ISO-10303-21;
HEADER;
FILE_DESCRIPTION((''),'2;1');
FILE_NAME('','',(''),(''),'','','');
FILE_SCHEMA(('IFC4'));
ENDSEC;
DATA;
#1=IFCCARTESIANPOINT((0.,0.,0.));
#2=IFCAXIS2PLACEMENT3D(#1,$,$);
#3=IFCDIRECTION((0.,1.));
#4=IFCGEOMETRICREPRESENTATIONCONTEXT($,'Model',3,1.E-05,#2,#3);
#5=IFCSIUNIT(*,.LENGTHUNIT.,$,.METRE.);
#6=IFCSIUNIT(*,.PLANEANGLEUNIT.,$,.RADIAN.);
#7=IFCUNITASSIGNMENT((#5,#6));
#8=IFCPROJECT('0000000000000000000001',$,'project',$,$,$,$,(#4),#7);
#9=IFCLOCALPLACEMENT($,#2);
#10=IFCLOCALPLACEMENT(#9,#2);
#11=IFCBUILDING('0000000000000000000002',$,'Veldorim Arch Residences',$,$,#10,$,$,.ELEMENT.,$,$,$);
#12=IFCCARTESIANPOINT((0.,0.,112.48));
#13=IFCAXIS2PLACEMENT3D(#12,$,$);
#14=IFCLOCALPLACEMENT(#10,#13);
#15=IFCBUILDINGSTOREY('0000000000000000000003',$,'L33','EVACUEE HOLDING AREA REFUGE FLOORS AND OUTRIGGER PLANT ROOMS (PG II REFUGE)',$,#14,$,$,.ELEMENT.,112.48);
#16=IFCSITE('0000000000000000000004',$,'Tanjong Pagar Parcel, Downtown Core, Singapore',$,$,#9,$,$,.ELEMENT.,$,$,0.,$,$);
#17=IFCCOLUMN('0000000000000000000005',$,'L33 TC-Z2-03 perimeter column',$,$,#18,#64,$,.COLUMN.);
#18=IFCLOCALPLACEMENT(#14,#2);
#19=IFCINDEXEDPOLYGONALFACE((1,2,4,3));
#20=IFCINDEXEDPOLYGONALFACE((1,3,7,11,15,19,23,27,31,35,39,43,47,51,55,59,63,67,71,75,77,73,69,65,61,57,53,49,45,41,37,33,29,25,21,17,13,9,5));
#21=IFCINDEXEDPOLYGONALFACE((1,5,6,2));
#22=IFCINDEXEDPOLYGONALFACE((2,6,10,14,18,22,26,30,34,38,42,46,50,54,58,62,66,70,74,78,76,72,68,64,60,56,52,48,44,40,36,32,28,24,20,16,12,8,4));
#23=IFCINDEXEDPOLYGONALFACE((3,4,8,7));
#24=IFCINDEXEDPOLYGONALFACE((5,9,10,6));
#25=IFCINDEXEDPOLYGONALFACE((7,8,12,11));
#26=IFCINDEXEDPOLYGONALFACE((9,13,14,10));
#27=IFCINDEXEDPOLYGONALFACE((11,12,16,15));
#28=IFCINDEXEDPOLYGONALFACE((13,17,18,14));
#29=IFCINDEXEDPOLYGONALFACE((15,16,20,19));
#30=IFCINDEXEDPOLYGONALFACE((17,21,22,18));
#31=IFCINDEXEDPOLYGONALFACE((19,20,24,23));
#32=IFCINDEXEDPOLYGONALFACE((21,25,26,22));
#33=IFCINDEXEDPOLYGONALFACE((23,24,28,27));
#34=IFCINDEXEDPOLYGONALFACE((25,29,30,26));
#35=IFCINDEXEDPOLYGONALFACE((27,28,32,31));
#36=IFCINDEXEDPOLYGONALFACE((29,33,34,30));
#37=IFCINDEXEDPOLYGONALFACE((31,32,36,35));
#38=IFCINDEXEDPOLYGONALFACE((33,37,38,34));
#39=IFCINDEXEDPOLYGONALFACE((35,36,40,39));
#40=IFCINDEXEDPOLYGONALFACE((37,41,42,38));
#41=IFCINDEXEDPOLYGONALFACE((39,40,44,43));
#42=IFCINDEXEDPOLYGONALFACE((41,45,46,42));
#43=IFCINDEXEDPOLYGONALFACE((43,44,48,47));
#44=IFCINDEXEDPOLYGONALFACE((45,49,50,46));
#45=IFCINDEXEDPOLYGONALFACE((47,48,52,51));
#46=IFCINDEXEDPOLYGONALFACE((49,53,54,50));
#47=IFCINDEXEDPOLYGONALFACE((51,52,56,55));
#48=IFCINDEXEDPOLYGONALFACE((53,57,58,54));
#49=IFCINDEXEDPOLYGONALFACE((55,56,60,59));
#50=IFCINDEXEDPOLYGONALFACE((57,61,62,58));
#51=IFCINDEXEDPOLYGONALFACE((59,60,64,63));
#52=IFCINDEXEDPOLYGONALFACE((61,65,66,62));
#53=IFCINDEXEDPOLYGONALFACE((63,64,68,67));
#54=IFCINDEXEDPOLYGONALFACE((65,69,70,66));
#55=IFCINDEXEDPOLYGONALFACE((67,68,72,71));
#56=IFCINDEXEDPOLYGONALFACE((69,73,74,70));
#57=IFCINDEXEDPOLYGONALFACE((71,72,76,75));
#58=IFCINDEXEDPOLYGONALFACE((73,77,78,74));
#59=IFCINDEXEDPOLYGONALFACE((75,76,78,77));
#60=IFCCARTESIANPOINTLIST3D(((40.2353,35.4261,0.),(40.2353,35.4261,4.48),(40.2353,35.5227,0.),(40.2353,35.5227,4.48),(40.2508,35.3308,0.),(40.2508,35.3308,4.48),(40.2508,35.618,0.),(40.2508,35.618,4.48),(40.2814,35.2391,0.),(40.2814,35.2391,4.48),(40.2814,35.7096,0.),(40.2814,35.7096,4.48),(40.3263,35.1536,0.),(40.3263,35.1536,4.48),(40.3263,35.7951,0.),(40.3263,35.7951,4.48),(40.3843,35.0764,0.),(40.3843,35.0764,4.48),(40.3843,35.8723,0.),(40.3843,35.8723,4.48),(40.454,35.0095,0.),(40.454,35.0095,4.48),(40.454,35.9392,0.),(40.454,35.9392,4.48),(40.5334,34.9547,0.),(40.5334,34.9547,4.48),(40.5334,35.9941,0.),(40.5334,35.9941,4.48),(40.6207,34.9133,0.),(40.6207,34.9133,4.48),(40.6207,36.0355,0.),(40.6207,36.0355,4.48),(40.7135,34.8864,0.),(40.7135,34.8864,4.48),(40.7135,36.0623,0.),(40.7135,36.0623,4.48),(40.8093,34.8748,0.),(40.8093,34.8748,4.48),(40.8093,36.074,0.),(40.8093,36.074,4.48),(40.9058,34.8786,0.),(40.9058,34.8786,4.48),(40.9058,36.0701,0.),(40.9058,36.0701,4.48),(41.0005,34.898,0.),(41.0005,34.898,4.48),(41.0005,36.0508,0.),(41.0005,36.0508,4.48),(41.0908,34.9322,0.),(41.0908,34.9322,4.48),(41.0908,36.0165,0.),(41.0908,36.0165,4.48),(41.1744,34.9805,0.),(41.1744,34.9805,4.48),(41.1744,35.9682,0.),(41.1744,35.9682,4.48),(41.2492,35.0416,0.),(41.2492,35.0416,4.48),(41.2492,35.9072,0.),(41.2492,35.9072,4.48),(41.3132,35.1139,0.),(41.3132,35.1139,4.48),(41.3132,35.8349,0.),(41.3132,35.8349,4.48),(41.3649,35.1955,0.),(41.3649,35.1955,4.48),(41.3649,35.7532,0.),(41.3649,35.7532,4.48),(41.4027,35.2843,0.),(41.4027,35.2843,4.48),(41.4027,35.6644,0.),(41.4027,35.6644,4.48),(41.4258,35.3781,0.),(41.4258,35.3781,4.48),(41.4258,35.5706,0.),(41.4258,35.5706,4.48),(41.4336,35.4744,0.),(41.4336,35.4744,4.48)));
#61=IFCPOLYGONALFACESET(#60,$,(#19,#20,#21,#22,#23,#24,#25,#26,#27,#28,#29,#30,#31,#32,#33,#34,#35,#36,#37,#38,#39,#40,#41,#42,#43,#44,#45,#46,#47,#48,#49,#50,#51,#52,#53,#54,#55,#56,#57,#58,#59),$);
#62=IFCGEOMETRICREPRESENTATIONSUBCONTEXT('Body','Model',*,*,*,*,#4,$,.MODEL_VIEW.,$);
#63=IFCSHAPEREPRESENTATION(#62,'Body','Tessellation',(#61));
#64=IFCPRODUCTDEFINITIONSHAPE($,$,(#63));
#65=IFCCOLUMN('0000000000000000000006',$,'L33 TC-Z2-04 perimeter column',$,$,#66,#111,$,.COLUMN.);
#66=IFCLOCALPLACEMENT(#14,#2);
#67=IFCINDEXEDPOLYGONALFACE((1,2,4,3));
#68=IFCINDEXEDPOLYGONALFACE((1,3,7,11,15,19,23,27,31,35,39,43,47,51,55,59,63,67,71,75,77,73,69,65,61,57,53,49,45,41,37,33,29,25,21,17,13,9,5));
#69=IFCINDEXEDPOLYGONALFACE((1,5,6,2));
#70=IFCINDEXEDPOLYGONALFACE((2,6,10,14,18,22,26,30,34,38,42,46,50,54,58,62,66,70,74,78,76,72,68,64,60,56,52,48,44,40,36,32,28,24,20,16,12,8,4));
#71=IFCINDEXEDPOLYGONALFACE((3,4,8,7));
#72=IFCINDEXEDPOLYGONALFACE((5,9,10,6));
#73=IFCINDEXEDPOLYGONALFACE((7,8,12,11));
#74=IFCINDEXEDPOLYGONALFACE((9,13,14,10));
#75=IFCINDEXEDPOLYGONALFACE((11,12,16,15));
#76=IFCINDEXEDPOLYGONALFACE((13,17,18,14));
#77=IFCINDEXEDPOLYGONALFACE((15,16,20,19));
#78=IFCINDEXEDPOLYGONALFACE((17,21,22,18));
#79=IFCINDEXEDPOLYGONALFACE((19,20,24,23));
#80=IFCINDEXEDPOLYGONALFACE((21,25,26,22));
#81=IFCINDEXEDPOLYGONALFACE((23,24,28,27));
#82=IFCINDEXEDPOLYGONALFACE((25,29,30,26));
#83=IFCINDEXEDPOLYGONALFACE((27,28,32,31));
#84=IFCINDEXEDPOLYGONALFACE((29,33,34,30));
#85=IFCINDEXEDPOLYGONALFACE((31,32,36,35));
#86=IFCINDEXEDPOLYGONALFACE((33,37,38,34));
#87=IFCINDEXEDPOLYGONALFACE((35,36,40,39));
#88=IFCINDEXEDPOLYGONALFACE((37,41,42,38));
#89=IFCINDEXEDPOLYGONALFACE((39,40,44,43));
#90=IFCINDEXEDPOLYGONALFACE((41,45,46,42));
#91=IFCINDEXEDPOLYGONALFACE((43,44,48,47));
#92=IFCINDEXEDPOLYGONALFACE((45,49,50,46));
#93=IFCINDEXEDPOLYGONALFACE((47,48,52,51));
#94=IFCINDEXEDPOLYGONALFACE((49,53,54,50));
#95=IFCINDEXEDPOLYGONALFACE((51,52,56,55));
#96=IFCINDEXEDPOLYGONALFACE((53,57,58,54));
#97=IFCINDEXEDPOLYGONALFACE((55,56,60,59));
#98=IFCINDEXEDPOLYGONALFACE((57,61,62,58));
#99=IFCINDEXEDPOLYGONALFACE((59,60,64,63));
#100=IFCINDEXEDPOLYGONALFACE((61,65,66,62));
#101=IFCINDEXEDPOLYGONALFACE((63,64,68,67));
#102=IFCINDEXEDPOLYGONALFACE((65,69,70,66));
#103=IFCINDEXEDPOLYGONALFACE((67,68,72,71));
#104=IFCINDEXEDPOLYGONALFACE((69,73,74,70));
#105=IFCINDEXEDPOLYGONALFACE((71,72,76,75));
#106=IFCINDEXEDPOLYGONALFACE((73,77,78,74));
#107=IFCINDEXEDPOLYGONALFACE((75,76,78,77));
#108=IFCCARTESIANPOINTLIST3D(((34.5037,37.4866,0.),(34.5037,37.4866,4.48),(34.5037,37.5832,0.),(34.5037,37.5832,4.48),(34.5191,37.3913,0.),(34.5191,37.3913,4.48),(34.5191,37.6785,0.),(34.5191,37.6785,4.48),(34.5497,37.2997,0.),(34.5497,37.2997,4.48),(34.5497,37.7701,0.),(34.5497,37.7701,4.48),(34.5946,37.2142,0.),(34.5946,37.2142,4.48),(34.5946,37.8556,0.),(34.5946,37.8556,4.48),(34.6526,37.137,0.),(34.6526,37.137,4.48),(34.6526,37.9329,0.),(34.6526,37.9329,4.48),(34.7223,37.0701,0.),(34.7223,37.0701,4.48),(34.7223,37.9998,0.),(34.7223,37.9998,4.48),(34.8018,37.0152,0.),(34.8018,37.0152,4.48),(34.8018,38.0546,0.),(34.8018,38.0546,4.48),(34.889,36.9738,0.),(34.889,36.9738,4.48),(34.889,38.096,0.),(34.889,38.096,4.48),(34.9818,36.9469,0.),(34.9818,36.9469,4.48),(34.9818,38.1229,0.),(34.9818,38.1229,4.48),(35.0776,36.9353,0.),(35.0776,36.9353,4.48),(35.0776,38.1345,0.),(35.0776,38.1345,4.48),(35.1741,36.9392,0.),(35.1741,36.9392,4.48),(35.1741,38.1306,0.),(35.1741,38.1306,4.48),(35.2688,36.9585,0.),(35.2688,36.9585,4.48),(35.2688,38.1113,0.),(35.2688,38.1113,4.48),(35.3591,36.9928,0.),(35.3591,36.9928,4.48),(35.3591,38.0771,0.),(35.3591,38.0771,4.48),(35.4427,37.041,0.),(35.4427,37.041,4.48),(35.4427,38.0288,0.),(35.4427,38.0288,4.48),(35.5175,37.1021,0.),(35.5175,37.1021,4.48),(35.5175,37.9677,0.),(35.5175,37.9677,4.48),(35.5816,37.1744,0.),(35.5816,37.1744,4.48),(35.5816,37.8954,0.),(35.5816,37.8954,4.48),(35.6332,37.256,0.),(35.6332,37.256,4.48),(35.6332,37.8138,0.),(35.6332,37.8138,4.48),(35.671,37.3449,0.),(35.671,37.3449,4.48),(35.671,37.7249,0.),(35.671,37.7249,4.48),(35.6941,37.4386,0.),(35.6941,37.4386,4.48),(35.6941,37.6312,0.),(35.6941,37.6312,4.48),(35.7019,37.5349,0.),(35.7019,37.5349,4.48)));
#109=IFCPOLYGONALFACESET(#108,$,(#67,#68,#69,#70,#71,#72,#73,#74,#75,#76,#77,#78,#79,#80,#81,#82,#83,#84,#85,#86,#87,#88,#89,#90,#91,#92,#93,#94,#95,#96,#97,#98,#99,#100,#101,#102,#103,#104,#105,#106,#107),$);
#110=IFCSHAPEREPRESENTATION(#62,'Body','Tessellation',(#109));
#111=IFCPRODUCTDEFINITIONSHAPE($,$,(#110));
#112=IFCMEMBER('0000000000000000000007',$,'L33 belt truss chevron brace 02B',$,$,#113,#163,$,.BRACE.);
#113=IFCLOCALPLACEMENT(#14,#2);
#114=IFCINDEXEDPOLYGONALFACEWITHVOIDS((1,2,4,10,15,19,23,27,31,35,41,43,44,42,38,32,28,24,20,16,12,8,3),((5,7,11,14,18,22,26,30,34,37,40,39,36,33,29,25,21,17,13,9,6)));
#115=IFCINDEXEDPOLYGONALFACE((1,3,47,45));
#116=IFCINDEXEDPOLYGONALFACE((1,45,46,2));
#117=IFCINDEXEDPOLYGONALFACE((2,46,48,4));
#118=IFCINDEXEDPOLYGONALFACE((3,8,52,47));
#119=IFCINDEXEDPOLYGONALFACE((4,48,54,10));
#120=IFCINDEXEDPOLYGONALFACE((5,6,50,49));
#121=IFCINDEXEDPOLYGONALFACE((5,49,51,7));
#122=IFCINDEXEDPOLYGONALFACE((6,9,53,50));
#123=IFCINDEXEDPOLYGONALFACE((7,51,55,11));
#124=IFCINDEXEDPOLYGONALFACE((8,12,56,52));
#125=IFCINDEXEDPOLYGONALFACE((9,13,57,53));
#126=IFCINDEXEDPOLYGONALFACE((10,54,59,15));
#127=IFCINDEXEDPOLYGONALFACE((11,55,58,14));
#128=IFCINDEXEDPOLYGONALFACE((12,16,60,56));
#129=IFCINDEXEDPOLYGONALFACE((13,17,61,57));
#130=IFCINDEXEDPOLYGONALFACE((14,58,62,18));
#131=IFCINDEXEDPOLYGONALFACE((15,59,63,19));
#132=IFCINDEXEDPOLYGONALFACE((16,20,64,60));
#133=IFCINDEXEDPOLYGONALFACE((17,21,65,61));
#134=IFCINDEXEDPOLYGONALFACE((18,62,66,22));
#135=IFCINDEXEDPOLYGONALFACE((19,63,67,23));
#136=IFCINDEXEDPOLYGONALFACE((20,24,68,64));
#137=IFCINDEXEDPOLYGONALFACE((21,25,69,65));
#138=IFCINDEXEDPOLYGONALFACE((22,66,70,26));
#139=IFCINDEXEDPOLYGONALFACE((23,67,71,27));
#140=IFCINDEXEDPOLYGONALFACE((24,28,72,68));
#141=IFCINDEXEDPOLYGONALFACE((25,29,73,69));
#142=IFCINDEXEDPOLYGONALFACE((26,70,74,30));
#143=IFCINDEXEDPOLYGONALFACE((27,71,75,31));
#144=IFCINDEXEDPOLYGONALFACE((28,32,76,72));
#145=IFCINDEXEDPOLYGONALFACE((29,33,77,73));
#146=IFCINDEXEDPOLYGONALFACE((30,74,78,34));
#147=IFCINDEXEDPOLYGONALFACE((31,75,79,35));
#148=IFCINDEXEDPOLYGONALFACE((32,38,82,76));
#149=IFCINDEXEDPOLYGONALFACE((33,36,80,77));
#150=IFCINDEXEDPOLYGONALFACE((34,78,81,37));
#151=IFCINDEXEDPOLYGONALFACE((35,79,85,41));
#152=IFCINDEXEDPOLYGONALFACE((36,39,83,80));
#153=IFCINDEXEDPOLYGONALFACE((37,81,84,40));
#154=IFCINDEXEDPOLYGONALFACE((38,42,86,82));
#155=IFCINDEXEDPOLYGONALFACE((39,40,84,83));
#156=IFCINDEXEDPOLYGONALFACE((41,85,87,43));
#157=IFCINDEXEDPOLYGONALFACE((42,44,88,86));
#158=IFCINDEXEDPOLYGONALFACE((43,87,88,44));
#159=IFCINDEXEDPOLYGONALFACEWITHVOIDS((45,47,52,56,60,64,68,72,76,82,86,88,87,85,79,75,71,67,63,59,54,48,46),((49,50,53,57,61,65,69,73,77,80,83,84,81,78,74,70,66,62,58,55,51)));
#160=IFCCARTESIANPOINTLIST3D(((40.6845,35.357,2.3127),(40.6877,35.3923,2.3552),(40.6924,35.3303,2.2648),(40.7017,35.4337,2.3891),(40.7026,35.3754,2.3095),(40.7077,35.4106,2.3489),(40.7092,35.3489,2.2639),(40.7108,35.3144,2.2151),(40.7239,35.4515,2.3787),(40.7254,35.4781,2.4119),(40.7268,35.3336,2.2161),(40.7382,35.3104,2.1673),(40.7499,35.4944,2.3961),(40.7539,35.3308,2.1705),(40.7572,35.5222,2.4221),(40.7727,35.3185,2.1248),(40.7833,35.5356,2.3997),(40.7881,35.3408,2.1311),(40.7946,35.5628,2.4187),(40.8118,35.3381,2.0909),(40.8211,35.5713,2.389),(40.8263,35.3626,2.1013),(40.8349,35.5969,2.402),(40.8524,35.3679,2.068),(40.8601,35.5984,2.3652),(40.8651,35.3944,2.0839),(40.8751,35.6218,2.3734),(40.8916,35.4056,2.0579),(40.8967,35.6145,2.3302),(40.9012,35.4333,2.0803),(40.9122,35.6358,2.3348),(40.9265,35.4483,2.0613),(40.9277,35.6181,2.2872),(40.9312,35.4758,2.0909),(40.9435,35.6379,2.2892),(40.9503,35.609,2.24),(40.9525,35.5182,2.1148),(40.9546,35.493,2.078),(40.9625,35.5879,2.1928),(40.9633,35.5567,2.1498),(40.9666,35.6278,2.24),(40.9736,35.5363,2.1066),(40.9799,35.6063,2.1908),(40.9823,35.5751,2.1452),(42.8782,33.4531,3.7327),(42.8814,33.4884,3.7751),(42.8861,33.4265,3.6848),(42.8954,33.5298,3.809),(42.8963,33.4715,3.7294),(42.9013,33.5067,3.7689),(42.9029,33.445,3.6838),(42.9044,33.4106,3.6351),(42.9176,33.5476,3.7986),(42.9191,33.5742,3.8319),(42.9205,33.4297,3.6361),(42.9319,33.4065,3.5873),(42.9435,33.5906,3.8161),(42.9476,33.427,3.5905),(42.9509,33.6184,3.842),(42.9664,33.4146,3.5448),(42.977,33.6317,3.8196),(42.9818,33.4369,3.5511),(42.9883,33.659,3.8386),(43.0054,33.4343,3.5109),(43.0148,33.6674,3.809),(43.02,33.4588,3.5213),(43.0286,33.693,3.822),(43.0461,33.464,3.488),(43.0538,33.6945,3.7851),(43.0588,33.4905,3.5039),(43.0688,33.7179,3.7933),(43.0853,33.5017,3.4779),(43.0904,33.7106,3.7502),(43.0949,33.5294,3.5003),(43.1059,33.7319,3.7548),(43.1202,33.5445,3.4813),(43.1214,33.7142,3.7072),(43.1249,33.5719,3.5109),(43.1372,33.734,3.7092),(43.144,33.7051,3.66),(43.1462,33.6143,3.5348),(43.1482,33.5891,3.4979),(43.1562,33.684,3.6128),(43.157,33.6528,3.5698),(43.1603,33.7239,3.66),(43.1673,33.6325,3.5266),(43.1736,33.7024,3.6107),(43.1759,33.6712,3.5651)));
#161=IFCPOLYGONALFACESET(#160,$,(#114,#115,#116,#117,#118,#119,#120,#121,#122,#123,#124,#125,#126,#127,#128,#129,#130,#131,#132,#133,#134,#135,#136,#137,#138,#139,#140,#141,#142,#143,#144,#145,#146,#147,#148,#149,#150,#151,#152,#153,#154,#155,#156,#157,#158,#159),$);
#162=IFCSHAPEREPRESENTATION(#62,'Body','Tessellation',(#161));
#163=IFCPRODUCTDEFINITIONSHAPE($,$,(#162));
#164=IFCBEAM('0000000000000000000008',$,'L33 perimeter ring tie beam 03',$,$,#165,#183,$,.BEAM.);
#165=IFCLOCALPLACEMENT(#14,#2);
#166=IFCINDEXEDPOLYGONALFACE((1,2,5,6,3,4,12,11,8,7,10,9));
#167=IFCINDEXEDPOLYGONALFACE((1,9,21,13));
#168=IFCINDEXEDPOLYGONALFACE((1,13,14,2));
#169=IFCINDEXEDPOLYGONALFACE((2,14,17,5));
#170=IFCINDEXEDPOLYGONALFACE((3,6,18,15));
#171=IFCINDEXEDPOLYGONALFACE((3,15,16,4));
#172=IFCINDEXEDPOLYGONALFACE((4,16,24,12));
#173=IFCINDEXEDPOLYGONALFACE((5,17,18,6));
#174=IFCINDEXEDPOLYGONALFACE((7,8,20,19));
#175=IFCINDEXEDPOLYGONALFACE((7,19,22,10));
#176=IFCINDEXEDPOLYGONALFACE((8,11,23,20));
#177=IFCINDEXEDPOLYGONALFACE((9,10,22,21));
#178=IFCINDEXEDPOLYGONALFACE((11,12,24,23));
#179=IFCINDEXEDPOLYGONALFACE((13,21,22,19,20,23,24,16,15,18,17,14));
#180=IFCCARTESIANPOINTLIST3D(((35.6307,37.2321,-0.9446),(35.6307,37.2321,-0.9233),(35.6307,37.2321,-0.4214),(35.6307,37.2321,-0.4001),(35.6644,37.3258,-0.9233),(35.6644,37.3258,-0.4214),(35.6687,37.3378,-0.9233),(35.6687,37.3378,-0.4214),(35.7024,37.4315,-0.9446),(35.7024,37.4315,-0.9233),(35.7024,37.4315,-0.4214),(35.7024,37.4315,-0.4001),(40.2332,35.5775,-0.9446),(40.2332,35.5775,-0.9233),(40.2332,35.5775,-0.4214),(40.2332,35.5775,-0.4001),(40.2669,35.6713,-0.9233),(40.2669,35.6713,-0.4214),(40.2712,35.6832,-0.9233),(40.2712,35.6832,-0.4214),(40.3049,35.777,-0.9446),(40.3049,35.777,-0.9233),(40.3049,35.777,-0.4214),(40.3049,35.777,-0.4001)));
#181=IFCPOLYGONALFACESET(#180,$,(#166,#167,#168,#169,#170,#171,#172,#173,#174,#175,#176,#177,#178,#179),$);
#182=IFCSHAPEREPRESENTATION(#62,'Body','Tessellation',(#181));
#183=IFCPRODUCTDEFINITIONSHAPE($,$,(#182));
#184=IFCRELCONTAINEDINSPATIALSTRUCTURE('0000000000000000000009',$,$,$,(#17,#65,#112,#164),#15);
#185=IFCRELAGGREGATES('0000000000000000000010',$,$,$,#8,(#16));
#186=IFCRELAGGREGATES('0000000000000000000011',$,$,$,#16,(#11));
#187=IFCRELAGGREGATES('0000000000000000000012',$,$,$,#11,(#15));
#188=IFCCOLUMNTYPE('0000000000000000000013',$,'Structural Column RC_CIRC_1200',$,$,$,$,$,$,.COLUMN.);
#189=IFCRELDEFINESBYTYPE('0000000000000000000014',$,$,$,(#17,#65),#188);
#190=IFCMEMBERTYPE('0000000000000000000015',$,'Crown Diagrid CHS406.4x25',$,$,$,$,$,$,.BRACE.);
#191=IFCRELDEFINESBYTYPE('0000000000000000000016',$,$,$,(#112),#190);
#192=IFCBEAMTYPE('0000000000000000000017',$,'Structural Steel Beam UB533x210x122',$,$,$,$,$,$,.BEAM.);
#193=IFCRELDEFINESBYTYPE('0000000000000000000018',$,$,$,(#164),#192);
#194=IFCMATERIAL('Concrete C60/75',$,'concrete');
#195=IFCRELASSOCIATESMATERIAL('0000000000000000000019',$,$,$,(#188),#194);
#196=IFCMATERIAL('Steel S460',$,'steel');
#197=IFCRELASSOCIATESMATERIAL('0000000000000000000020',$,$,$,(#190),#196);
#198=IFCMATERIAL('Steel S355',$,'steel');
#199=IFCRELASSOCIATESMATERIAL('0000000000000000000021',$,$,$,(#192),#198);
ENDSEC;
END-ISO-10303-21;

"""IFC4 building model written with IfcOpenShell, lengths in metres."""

from ifc_helpers import new_model, si_unit, direction, frame, origin, origin_2d, place, context, subcontext, project, spatial, circle, hollow_circle, i_section, extrude, material, material_profile, profile_set, type_object, element, save


model = new_model("IFC4")

# Units and contexts
model_context = context("Model", 3, precision=1e-05, world=origin(), true_north=direction((0.0, 1.0)))
body_context = subcontext(model_context, "Body", "Model", "MODEL_VIEW")
ifc_project = project(units=[si_unit("LENGTHUNIT", "METRE"), si_unit("PLANEANGLEUNIT", "RADIAN")], contexts=[model_context])

# Site, building, storey
site_placement = place(None, origin())
site = spatial("IfcSite", under=ifc_project, at=site_placement, Name="Tanjong Pagar Parcel, Downtown Core, Singapore", CompositionType="ELEMENT", RefElevation=0.0)
building_placement = place(site_placement, origin())
building = spatial("IfcBuilding", under=site, at=building_placement, Name="Veldorim Arch Residences", CompositionType="ELEMENT")
storey_placement = place(building_placement, frame((0.0, 0.0, 112.48)))
storey = spatial("IfcBuildingStorey", under=building, at=storey_placement, Name="L33", Description="EVACUEE HOLDING AREA REFUGE FLOORS AND OUTRIGGER PLANT ROOMS (PG II REFUGE)", CompositionType="ELEMENT", Elevation=112.48)

# Columns
ifc_material_1 = material(Name="Concrete C60/75", Category="concrete")
ifc_material_profile_1 = material_profile(ifc_material_1, circle(Radius=0.6001, at=origin_2d()), Name="RC_CIRC_1200")
ifc_profile_set_1 = profile_set([ifc_material_profile_1], Name="Concrete C60/75")
column_type = type_object("IfcColumnType", Name="Structural Column RC_CIRC_1200", PredefinedType="COLUMN", material=ifc_profile_set_1)
for number, where, z_axis, x_axis, name in (
    (1, (40.8335, 35.4744, 0.0), (0.0, 0.0, 1.0), (1.0, 0.0, 0.0), "L33 TC-Z2-03 perimeter column"),
    (2, (35.1018, 37.5349, 0.0), (0.0, 0.0, 1.0), (1.0, 0.0, 0.0), "L33 TC-Z2-04 perimeter column"),
):
    element("IfcColumn", number, at=place(storey_placement, frame(where, z_axis=z_axis, x_axis=x_axis)), inside=storey, type_object=column_type, Name=name, PredefinedType="COLUMN", context=body_context, shape_type="SweptSolid", body=[
        extrude(circle(Radius=0.6001, at=origin_2d()), origin(), (0.0, 0.0, 1.0), 4.48),
    ])

# Member
ifc_material_2 = material(Name="Steel S460", Category="steel")
ifc_material_profile_2 = material_profile(ifc_material_2, hollow_circle(Radius=0.2031, WallThickness=0.0249, at=origin_2d()), Name="CHS406.4x25")
ifc_profile_set_2 = profile_set([ifc_material_profile_2], Name="Steel S460")
member_type_1 = type_object("IfcMemberType", Name="Crown Diagrid CHS406.4x25", PredefinedType="BRACE", material=ifc_profile_set_2)
member_placement = place(storey_placement, frame((40.8335, 35.4744, 2.24), z_axis=(0.678495, -0.58886, 0.439191), x_axis=(0.655458, 0.755231, 0.0)))
element("IfcMember", 3, at=member_placement, inside=storey, type_object=member_type_1, Name="L33 belt truss chevron brace 02B", PredefinedType="BRACE", context=body_context, shape_type="SweptSolid", body=[
    extrude(hollow_circle(Radius=0.2031, WallThickness=0.0249, at=origin_2d()), origin(), (0.0, 0.0, 1.0), 3.2332),
])

# Beam
ifc_material_3 = material(Name="Steel S355", Category="steel")
ifc_material_profile_3 = material_profile(ifc_material_3, i_section(OverallWidth=0.2119, OverallDepth=0.5444, WebThickness=0.0127, FlangeThickness=0.0212, at=origin_2d()), Name="UB533x210x122")
ifc_profile_set_3 = profile_set([ifc_material_profile_3], Name="Steel S355")
beam_type_1 = type_object("IfcBeamType", Name="Structural Steel Beam UB533x210x122", PredefinedType="BEAM", material=ifc_profile_set_3)
beam_1_placement = place(storey_placement, frame((40.269, 35.6772, -0.6724), z_axis=(-0.941042, 0.33829, 0.0), x_axis=(-0.33829, -0.941042, 0.0)))
element("IfcBeam", 4, at=beam_1_placement, inside=storey, type_object=beam_type_1, Name="L33 perimeter ring tie beam 03", PredefinedType="BEAM", context=body_context, shape_type="SweptSolid", body=[
    extrude(i_section(OverallWidth=0.2119, OverallDepth=0.5444, WebThickness=0.0127, FlangeThickness=0.0212, at=origin_2d()), origin(), (0.0, 0.0, 1.0), 4.8909),
])

save(model, "model.ifc")
